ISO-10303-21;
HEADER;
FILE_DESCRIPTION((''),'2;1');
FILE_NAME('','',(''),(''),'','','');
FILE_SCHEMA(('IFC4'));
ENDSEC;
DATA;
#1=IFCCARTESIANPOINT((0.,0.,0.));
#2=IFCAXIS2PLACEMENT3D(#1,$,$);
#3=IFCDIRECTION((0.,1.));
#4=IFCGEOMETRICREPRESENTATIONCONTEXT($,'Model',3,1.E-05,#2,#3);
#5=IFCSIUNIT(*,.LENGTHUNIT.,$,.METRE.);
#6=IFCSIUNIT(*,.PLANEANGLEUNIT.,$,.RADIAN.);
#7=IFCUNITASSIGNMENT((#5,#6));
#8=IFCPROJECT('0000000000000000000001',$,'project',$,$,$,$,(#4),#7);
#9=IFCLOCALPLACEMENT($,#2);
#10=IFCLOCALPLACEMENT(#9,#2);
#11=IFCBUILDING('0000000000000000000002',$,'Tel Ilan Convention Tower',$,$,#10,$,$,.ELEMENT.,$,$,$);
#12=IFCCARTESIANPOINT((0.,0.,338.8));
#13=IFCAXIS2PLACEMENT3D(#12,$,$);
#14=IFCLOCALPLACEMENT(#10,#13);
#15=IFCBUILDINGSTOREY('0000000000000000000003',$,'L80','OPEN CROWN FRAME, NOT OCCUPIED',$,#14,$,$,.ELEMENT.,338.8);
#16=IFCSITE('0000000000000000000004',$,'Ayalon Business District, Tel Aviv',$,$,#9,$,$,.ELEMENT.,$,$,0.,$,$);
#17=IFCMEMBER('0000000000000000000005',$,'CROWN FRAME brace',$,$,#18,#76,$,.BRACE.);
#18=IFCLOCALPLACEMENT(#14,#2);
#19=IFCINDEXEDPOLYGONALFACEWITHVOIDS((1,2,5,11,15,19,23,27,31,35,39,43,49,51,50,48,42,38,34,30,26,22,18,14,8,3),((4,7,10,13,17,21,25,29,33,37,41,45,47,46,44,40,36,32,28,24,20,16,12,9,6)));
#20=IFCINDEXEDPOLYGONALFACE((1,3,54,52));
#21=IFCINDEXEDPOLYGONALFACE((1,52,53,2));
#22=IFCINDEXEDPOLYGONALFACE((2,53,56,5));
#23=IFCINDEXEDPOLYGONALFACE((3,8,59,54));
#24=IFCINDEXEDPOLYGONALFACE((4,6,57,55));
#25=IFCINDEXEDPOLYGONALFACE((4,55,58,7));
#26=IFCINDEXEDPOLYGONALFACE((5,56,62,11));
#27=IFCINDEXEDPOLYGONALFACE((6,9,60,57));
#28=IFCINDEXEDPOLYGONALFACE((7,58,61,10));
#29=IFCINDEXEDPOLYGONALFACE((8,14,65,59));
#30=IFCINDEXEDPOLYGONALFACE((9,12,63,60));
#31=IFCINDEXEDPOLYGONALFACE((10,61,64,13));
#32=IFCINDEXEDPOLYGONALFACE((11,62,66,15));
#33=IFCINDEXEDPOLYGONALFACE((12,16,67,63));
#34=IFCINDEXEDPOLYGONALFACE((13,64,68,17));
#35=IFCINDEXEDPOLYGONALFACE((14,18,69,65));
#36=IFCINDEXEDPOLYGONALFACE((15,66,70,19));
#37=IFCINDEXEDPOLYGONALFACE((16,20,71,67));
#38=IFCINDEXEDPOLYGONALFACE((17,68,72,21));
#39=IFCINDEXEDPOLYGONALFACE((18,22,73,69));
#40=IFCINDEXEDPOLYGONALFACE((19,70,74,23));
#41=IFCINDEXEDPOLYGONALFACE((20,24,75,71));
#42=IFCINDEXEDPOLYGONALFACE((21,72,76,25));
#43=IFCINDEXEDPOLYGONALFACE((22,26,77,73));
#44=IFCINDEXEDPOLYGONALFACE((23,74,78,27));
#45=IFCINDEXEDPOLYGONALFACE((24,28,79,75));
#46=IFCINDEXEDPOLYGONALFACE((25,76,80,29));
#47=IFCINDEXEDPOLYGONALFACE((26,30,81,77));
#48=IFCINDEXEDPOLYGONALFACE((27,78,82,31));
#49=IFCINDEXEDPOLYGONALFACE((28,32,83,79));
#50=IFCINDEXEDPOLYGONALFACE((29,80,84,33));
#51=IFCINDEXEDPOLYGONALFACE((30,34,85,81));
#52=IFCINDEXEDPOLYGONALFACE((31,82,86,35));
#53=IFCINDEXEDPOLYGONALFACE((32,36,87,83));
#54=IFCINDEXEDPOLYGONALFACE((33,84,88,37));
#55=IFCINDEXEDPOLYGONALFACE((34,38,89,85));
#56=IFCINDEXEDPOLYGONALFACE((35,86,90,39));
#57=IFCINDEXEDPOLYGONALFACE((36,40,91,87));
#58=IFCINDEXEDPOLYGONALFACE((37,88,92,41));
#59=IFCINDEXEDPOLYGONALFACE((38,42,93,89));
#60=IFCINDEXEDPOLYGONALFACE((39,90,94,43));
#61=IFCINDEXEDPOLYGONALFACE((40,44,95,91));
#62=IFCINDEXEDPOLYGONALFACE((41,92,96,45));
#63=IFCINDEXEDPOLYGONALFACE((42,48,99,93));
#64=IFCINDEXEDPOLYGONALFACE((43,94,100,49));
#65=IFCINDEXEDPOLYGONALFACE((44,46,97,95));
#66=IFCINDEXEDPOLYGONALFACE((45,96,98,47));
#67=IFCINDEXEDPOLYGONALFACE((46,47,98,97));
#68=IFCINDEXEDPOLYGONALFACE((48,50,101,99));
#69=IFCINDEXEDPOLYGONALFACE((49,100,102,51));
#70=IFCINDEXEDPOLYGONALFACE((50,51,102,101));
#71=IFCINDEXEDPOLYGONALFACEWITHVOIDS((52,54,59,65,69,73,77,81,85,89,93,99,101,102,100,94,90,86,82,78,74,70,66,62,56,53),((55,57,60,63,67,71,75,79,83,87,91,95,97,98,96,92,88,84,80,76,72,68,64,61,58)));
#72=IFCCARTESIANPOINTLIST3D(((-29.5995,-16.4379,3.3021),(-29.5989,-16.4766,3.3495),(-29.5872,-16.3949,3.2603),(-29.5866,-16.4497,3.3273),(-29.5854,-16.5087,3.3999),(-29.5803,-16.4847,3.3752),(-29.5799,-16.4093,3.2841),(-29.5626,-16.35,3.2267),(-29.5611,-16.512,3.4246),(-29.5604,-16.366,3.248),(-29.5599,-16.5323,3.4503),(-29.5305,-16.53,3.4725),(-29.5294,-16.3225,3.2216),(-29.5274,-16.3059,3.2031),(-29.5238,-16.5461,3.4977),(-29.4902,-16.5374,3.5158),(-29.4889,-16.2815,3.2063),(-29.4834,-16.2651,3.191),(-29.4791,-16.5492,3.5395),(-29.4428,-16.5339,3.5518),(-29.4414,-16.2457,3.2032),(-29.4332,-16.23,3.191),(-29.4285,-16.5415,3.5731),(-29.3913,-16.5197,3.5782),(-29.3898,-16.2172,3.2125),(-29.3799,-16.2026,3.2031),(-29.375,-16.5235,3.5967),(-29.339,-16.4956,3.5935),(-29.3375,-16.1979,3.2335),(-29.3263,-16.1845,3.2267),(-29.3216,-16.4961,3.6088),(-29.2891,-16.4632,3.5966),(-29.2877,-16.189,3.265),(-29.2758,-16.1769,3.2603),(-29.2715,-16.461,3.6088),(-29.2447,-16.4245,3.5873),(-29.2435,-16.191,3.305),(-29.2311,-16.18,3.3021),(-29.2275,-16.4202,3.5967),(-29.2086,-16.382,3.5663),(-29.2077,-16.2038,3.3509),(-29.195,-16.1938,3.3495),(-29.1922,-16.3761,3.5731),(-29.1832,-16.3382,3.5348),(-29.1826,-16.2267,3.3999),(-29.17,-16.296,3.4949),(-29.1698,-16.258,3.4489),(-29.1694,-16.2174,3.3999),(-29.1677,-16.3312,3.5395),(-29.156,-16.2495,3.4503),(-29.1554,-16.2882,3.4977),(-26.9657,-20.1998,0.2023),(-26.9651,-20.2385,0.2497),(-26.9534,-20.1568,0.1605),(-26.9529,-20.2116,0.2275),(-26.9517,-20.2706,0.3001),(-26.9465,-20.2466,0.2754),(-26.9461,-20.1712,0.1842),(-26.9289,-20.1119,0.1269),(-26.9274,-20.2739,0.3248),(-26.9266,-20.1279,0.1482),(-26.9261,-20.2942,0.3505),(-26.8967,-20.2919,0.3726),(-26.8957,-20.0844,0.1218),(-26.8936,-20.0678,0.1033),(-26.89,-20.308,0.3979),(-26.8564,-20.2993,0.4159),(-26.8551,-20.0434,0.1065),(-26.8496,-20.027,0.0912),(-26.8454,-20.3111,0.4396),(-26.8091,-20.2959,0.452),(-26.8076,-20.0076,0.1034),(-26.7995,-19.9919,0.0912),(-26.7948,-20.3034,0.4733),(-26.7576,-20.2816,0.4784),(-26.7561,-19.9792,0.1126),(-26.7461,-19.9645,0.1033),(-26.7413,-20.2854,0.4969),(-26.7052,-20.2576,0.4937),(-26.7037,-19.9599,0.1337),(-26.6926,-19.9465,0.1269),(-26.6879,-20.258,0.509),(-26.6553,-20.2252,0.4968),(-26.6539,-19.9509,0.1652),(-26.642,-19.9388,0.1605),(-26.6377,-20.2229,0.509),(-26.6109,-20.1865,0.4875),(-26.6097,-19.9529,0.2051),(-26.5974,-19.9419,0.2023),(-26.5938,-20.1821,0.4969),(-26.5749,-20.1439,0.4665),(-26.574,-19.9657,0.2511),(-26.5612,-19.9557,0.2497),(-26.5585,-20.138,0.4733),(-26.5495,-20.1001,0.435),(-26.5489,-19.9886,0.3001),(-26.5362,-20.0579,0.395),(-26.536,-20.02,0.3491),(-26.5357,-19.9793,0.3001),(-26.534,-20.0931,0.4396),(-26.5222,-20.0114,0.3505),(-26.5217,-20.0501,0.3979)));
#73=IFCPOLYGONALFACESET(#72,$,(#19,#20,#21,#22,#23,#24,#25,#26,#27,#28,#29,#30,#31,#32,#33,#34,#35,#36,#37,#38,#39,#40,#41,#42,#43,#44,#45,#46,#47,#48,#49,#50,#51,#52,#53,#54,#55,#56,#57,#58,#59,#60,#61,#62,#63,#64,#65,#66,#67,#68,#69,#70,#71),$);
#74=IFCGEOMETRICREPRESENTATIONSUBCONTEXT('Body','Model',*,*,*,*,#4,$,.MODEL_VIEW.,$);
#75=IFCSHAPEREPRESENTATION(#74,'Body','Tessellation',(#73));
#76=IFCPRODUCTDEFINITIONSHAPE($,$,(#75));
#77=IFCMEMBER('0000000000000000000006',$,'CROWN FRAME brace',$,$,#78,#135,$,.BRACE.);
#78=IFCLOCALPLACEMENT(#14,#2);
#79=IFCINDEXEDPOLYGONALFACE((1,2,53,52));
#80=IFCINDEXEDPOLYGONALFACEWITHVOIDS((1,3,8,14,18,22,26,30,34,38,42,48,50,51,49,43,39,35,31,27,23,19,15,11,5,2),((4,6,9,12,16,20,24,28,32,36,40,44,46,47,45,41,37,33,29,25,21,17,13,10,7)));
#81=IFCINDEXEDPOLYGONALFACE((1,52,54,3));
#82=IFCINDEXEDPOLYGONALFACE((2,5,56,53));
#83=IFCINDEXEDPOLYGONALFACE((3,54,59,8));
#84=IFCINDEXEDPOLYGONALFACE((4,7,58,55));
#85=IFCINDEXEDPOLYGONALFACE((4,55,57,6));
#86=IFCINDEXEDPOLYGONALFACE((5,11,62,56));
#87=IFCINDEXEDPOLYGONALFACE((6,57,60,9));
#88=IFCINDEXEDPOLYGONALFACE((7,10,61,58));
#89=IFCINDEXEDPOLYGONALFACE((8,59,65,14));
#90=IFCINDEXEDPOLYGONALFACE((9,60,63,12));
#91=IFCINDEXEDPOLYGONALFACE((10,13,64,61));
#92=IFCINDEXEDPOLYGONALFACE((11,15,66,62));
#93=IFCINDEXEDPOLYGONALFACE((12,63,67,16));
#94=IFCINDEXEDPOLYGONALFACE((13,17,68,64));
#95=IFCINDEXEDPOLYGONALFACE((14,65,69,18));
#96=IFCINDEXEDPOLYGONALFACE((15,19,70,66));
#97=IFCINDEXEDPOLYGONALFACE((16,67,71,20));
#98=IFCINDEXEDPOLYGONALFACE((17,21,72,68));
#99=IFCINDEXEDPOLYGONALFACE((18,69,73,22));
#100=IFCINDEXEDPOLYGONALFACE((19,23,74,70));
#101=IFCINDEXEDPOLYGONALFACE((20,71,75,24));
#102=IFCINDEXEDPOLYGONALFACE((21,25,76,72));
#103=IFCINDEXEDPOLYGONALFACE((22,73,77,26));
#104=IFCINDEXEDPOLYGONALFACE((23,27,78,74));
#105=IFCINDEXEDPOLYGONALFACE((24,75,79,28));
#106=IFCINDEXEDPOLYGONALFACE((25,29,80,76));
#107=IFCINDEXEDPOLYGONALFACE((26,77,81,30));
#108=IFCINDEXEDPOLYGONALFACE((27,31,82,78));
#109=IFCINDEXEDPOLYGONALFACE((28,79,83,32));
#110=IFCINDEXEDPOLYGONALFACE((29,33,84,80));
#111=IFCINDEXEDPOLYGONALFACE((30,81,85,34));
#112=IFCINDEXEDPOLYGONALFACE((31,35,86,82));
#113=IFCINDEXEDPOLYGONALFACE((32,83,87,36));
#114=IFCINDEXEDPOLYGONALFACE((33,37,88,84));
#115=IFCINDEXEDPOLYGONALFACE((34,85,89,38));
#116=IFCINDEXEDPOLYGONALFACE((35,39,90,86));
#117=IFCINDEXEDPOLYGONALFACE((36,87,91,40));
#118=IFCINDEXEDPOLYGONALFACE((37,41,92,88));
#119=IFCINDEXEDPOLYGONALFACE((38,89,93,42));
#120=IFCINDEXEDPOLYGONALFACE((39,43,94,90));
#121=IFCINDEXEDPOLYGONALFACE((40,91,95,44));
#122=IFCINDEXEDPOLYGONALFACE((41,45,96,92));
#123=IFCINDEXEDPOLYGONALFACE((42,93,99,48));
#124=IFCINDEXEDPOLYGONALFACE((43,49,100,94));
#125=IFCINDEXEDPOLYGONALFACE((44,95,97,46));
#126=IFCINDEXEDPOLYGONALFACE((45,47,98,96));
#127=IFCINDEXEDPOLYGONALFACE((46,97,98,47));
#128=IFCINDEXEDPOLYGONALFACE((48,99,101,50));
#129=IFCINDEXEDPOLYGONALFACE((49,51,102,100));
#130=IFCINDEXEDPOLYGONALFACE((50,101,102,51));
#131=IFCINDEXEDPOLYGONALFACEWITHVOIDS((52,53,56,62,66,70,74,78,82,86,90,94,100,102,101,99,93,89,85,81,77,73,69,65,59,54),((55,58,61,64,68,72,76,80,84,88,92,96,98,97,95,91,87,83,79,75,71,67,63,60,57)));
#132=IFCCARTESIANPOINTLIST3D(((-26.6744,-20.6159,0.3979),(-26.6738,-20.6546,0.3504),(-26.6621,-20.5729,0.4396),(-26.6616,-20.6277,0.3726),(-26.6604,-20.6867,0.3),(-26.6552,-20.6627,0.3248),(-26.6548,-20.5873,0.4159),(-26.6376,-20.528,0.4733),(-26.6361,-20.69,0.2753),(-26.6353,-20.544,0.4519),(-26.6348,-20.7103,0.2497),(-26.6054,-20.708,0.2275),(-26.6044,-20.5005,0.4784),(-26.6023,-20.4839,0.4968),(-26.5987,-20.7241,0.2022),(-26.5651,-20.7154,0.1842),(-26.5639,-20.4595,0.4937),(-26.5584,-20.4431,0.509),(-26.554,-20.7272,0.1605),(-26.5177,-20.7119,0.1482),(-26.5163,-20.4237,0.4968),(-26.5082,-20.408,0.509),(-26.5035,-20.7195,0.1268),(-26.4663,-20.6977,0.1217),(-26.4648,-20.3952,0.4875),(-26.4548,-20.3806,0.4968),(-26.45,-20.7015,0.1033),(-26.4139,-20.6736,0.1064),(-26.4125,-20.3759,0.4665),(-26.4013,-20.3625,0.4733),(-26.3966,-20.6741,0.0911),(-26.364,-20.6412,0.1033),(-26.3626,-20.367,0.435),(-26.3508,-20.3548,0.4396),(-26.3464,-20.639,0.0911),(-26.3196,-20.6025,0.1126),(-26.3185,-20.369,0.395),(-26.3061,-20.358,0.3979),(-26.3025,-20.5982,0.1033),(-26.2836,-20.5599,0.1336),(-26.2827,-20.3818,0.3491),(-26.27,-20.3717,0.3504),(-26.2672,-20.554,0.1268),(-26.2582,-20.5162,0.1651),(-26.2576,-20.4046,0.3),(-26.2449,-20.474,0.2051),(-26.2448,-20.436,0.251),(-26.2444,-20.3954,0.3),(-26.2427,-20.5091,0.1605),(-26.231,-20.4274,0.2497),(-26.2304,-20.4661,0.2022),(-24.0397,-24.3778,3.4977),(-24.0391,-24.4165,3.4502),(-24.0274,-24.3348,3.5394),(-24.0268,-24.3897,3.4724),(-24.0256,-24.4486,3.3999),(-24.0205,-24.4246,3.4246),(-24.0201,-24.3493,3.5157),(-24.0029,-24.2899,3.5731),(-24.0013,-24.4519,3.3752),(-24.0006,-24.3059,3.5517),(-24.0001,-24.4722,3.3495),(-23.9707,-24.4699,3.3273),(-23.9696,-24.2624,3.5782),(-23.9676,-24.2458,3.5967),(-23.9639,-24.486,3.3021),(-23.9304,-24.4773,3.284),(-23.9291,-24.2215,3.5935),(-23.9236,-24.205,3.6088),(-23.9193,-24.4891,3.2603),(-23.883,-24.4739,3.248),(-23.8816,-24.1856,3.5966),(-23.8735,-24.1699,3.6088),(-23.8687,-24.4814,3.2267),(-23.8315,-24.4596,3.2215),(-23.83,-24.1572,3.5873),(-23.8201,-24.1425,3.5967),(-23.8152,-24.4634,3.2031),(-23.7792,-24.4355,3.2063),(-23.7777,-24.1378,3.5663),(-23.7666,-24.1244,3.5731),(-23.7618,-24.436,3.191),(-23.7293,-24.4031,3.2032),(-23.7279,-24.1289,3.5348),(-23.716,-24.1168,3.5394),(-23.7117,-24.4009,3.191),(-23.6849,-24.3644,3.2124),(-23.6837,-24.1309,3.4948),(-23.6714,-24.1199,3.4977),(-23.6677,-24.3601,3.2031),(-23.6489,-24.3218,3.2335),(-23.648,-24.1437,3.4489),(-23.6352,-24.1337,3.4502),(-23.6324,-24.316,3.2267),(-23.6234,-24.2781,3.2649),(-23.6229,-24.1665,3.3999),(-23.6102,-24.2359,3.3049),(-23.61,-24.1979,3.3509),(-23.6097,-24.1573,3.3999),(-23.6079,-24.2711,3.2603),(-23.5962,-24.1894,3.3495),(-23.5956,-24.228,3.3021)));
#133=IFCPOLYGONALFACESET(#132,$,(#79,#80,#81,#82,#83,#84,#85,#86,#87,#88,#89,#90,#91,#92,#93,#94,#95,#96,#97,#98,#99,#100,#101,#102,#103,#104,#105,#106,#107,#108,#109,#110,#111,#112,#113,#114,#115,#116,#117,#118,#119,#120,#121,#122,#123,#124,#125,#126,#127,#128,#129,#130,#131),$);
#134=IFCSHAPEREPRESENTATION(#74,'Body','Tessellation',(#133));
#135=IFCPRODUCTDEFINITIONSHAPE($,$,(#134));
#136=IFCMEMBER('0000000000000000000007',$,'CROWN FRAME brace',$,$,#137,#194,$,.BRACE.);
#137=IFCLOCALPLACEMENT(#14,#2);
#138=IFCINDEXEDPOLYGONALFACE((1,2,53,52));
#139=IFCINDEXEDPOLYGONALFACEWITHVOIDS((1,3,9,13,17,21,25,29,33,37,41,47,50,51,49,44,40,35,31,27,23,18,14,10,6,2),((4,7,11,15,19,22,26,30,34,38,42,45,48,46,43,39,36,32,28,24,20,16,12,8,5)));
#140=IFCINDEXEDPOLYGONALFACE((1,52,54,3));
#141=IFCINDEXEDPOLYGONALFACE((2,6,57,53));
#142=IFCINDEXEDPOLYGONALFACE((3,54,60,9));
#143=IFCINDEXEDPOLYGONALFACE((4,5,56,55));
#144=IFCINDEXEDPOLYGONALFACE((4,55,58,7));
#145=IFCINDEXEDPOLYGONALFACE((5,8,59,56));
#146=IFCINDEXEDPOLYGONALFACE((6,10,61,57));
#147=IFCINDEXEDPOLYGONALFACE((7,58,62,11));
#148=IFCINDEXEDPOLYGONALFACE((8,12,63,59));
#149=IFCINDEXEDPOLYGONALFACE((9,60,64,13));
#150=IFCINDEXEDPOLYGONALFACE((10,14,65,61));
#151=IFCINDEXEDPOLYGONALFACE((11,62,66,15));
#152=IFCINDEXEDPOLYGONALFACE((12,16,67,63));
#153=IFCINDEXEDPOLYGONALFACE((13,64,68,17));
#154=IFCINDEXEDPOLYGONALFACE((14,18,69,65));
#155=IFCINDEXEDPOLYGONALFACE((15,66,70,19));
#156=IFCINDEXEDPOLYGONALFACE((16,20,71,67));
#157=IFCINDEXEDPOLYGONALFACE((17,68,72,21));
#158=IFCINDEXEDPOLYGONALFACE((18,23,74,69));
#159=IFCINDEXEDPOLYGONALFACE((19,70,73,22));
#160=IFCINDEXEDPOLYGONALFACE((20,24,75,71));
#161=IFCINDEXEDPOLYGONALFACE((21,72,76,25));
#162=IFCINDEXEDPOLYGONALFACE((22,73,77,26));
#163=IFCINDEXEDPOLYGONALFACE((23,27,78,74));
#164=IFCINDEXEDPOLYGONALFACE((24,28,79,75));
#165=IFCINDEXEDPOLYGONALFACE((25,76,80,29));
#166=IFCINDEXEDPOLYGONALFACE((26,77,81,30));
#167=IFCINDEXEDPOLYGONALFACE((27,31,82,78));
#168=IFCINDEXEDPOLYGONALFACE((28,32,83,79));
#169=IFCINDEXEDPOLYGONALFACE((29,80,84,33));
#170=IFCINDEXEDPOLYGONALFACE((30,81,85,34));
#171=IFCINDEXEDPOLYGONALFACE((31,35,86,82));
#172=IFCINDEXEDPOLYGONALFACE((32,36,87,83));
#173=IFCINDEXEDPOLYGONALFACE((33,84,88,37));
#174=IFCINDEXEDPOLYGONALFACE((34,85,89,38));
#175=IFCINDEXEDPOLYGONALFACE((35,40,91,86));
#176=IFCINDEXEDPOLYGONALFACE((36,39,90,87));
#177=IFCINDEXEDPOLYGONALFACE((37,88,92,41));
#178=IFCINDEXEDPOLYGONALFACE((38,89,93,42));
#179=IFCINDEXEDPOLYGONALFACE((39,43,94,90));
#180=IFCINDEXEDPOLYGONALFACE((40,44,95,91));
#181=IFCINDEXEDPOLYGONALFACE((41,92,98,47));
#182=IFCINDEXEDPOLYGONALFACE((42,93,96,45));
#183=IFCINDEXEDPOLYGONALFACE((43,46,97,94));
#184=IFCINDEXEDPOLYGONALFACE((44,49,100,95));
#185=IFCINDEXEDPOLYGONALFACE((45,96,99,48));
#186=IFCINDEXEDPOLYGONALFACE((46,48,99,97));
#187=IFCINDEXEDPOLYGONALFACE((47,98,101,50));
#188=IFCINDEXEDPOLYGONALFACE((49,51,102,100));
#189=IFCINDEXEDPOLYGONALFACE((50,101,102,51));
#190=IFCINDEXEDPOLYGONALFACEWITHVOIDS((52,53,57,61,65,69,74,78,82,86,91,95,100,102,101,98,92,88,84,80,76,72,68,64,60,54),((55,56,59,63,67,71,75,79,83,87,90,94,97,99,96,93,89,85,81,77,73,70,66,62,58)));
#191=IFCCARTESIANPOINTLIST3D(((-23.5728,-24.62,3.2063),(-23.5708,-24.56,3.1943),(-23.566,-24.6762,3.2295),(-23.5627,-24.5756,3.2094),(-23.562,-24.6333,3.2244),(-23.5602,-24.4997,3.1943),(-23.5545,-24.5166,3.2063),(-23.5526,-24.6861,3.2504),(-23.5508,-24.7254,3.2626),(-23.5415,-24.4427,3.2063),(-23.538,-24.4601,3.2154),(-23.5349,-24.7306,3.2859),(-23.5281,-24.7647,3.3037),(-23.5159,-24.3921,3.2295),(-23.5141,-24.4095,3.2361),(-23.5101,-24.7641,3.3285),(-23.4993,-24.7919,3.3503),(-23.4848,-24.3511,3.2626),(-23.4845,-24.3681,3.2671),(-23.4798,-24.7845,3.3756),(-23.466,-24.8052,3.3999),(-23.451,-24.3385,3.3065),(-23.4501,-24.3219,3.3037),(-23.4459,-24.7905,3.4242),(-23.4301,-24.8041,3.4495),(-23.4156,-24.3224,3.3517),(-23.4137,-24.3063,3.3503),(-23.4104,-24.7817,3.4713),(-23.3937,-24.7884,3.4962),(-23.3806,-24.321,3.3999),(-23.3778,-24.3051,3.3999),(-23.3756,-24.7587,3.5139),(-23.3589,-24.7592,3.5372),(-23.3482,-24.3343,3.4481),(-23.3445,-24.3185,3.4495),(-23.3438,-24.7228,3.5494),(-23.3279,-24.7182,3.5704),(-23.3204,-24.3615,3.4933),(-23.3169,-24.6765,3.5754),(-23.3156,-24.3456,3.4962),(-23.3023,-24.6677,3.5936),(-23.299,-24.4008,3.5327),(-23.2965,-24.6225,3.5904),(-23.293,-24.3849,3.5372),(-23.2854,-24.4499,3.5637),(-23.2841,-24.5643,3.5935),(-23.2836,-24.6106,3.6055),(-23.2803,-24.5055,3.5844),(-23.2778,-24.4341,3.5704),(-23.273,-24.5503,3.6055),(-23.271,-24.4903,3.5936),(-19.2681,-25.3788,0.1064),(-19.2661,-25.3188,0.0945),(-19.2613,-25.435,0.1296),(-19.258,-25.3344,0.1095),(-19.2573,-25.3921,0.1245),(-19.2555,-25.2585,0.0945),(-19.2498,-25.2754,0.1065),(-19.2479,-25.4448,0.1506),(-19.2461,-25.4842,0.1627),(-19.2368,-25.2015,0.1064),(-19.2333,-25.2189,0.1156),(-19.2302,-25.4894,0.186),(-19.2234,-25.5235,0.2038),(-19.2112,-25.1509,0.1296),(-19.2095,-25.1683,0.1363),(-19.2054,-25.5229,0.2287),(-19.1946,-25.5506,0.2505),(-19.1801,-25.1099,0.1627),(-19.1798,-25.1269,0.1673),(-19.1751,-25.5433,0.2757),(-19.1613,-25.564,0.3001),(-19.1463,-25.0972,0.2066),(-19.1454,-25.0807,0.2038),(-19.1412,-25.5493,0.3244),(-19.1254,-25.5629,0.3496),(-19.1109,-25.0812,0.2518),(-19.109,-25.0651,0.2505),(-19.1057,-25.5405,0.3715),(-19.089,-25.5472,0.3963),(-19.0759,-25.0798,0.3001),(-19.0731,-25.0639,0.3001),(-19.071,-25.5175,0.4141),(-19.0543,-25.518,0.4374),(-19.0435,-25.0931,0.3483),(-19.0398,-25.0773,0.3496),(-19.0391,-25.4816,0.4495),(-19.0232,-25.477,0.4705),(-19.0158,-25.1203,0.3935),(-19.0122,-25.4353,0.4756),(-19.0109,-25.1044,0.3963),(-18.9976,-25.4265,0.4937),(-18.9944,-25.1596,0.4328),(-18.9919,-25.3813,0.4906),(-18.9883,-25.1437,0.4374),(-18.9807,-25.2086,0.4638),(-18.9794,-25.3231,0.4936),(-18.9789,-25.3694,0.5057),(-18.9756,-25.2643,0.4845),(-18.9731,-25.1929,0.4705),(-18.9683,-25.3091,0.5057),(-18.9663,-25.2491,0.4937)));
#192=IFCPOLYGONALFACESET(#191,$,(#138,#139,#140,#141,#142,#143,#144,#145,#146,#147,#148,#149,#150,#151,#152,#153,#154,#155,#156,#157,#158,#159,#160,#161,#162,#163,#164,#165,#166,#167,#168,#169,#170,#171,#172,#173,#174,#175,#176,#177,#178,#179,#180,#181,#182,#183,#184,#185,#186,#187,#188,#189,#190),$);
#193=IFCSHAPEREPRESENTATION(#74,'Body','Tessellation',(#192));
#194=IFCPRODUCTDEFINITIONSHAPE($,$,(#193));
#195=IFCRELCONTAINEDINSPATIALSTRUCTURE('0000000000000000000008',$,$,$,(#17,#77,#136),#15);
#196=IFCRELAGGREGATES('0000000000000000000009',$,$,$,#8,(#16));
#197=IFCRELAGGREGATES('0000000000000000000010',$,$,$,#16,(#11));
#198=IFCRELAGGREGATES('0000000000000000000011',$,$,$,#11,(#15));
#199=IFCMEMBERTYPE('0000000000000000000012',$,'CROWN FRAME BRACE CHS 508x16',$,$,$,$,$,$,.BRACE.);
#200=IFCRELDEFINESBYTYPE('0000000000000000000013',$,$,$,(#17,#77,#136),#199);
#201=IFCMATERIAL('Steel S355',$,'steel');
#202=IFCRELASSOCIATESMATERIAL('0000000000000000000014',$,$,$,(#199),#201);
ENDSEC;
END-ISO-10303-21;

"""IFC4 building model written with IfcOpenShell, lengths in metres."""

from ifc_helpers import new_model, si_unit, direction, frame, origin, origin_2d, place, context, subcontext, project, spatial, hollow_circle, extrude, material, material_profile, profile_set, type_object, element, save


model = new_model("IFC4")

# Units and contexts
model_context = context("Model", 3, precision=1e-05, world=origin(), true_north=direction((0.0, 1.0)))
body_context = subcontext(model_context, "Body", "Model", "MODEL_VIEW")
ifc_project = project(units=[si_unit("LENGTHUNIT", "METRE"), si_unit("PLANEANGLEUNIT", "RADIAN")], contexts=[model_context])

# Site, building, storey
site_placement = place(None, origin())
site = spatial("IfcSite", under=ifc_project, at=site_placement, Name="Ayalon Business District, Tel Aviv", CompositionType="ELEMENT", RefElevation=0.0)
building_placement = place(site_placement, origin())
building = spatial("IfcBuilding", under=site, at=building_placement, Name="Tel Ilan Convention Tower", CompositionType="ELEMENT")
storey_placement = place(building_placement, frame((0.0, 0.0, 338.8)))
storey = spatial("IfcBuildingStorey", under=building, at=storey_placement, Name="L80", Description="OPEN CROWN FRAME, NOT OCCUPIED", CompositionType="ELEMENT", Elevation=338.8)

# Members
ifc_material_1 = material(Name="Steel S355", Category="steel")
ifc_material_profile_1 = material_profile(ifc_material_1, hollow_circle(Radius=0.2539, WallThickness=0.0161, at=origin_2d()), Name="CHS 508x16")
ifc_profile_set_1 = profile_set([ifc_material_profile_1], Name="Steel S355")
member_type_1 = type_object("IfcMemberType", Name="CROWN FRAME BRACE CHS 508x16", PredefinedType="BRACE", material=ifc_profile_set_1)
member_1_placement = place(storey_placement, frame((-29.3774, -16.363, 3.3999), z_axis=(0.475361, -0.678981, -0.559479), x_axis=(0.819189, 0.573523, 0.0)))
element("IfcMember", 1, at=member_1_placement, inside=storey, type_object=member_type_1, Name="CROWN FRAME brace", PredefinedType="BRACE", context=body_context, shape_type="SweptSolid", body=[
    extrude(hollow_circle(Radius=0.2539, WallThickness=0.0161, at=origin_2d()), origin(), (0.0, 0.0, 1.0), 5.5405),
])
member_2_placement = place(storey_placement, frame((-26.4524, -20.541, 0.3), z_axis=(0.475498, -0.678924, 0.559432), x_axis=(0.81909, 0.573666, 0.0)))
element("IfcMember", 2, at=member_2_placement, inside=storey, type_object=member_type_1, Name="CROWN FRAME brace", PredefinedType="BRACE", context=body_context, shape_type="SweptSolid", body=[
    extrude(hollow_circle(Radius=0.2539, WallThickness=0.0161, at=origin_2d()), origin(), (0.0, 0.0, 1.0), 5.541),
])
member_3_placement = place(storey_placement, frame((-23.4219, -24.5552, 3.3999), z_axis=(0.803315, -0.141601, -0.578476), x_axis=(0.173594, 0.984817, 0.0)))
element("IfcMember", 3, at=member_3_placement, inside=storey, type_object=member_type_1, Name="CROWN FRAME brace", PredefinedType="BRACE", context=body_context, shape_type="SweptSolid", body=[
    extrude(hollow_circle(Radius=0.2539, WallThickness=0.0161, at=origin_2d()), origin(), (0.0, 0.0, 1.0), 5.3586),
])

save(model, "model.ifc")
